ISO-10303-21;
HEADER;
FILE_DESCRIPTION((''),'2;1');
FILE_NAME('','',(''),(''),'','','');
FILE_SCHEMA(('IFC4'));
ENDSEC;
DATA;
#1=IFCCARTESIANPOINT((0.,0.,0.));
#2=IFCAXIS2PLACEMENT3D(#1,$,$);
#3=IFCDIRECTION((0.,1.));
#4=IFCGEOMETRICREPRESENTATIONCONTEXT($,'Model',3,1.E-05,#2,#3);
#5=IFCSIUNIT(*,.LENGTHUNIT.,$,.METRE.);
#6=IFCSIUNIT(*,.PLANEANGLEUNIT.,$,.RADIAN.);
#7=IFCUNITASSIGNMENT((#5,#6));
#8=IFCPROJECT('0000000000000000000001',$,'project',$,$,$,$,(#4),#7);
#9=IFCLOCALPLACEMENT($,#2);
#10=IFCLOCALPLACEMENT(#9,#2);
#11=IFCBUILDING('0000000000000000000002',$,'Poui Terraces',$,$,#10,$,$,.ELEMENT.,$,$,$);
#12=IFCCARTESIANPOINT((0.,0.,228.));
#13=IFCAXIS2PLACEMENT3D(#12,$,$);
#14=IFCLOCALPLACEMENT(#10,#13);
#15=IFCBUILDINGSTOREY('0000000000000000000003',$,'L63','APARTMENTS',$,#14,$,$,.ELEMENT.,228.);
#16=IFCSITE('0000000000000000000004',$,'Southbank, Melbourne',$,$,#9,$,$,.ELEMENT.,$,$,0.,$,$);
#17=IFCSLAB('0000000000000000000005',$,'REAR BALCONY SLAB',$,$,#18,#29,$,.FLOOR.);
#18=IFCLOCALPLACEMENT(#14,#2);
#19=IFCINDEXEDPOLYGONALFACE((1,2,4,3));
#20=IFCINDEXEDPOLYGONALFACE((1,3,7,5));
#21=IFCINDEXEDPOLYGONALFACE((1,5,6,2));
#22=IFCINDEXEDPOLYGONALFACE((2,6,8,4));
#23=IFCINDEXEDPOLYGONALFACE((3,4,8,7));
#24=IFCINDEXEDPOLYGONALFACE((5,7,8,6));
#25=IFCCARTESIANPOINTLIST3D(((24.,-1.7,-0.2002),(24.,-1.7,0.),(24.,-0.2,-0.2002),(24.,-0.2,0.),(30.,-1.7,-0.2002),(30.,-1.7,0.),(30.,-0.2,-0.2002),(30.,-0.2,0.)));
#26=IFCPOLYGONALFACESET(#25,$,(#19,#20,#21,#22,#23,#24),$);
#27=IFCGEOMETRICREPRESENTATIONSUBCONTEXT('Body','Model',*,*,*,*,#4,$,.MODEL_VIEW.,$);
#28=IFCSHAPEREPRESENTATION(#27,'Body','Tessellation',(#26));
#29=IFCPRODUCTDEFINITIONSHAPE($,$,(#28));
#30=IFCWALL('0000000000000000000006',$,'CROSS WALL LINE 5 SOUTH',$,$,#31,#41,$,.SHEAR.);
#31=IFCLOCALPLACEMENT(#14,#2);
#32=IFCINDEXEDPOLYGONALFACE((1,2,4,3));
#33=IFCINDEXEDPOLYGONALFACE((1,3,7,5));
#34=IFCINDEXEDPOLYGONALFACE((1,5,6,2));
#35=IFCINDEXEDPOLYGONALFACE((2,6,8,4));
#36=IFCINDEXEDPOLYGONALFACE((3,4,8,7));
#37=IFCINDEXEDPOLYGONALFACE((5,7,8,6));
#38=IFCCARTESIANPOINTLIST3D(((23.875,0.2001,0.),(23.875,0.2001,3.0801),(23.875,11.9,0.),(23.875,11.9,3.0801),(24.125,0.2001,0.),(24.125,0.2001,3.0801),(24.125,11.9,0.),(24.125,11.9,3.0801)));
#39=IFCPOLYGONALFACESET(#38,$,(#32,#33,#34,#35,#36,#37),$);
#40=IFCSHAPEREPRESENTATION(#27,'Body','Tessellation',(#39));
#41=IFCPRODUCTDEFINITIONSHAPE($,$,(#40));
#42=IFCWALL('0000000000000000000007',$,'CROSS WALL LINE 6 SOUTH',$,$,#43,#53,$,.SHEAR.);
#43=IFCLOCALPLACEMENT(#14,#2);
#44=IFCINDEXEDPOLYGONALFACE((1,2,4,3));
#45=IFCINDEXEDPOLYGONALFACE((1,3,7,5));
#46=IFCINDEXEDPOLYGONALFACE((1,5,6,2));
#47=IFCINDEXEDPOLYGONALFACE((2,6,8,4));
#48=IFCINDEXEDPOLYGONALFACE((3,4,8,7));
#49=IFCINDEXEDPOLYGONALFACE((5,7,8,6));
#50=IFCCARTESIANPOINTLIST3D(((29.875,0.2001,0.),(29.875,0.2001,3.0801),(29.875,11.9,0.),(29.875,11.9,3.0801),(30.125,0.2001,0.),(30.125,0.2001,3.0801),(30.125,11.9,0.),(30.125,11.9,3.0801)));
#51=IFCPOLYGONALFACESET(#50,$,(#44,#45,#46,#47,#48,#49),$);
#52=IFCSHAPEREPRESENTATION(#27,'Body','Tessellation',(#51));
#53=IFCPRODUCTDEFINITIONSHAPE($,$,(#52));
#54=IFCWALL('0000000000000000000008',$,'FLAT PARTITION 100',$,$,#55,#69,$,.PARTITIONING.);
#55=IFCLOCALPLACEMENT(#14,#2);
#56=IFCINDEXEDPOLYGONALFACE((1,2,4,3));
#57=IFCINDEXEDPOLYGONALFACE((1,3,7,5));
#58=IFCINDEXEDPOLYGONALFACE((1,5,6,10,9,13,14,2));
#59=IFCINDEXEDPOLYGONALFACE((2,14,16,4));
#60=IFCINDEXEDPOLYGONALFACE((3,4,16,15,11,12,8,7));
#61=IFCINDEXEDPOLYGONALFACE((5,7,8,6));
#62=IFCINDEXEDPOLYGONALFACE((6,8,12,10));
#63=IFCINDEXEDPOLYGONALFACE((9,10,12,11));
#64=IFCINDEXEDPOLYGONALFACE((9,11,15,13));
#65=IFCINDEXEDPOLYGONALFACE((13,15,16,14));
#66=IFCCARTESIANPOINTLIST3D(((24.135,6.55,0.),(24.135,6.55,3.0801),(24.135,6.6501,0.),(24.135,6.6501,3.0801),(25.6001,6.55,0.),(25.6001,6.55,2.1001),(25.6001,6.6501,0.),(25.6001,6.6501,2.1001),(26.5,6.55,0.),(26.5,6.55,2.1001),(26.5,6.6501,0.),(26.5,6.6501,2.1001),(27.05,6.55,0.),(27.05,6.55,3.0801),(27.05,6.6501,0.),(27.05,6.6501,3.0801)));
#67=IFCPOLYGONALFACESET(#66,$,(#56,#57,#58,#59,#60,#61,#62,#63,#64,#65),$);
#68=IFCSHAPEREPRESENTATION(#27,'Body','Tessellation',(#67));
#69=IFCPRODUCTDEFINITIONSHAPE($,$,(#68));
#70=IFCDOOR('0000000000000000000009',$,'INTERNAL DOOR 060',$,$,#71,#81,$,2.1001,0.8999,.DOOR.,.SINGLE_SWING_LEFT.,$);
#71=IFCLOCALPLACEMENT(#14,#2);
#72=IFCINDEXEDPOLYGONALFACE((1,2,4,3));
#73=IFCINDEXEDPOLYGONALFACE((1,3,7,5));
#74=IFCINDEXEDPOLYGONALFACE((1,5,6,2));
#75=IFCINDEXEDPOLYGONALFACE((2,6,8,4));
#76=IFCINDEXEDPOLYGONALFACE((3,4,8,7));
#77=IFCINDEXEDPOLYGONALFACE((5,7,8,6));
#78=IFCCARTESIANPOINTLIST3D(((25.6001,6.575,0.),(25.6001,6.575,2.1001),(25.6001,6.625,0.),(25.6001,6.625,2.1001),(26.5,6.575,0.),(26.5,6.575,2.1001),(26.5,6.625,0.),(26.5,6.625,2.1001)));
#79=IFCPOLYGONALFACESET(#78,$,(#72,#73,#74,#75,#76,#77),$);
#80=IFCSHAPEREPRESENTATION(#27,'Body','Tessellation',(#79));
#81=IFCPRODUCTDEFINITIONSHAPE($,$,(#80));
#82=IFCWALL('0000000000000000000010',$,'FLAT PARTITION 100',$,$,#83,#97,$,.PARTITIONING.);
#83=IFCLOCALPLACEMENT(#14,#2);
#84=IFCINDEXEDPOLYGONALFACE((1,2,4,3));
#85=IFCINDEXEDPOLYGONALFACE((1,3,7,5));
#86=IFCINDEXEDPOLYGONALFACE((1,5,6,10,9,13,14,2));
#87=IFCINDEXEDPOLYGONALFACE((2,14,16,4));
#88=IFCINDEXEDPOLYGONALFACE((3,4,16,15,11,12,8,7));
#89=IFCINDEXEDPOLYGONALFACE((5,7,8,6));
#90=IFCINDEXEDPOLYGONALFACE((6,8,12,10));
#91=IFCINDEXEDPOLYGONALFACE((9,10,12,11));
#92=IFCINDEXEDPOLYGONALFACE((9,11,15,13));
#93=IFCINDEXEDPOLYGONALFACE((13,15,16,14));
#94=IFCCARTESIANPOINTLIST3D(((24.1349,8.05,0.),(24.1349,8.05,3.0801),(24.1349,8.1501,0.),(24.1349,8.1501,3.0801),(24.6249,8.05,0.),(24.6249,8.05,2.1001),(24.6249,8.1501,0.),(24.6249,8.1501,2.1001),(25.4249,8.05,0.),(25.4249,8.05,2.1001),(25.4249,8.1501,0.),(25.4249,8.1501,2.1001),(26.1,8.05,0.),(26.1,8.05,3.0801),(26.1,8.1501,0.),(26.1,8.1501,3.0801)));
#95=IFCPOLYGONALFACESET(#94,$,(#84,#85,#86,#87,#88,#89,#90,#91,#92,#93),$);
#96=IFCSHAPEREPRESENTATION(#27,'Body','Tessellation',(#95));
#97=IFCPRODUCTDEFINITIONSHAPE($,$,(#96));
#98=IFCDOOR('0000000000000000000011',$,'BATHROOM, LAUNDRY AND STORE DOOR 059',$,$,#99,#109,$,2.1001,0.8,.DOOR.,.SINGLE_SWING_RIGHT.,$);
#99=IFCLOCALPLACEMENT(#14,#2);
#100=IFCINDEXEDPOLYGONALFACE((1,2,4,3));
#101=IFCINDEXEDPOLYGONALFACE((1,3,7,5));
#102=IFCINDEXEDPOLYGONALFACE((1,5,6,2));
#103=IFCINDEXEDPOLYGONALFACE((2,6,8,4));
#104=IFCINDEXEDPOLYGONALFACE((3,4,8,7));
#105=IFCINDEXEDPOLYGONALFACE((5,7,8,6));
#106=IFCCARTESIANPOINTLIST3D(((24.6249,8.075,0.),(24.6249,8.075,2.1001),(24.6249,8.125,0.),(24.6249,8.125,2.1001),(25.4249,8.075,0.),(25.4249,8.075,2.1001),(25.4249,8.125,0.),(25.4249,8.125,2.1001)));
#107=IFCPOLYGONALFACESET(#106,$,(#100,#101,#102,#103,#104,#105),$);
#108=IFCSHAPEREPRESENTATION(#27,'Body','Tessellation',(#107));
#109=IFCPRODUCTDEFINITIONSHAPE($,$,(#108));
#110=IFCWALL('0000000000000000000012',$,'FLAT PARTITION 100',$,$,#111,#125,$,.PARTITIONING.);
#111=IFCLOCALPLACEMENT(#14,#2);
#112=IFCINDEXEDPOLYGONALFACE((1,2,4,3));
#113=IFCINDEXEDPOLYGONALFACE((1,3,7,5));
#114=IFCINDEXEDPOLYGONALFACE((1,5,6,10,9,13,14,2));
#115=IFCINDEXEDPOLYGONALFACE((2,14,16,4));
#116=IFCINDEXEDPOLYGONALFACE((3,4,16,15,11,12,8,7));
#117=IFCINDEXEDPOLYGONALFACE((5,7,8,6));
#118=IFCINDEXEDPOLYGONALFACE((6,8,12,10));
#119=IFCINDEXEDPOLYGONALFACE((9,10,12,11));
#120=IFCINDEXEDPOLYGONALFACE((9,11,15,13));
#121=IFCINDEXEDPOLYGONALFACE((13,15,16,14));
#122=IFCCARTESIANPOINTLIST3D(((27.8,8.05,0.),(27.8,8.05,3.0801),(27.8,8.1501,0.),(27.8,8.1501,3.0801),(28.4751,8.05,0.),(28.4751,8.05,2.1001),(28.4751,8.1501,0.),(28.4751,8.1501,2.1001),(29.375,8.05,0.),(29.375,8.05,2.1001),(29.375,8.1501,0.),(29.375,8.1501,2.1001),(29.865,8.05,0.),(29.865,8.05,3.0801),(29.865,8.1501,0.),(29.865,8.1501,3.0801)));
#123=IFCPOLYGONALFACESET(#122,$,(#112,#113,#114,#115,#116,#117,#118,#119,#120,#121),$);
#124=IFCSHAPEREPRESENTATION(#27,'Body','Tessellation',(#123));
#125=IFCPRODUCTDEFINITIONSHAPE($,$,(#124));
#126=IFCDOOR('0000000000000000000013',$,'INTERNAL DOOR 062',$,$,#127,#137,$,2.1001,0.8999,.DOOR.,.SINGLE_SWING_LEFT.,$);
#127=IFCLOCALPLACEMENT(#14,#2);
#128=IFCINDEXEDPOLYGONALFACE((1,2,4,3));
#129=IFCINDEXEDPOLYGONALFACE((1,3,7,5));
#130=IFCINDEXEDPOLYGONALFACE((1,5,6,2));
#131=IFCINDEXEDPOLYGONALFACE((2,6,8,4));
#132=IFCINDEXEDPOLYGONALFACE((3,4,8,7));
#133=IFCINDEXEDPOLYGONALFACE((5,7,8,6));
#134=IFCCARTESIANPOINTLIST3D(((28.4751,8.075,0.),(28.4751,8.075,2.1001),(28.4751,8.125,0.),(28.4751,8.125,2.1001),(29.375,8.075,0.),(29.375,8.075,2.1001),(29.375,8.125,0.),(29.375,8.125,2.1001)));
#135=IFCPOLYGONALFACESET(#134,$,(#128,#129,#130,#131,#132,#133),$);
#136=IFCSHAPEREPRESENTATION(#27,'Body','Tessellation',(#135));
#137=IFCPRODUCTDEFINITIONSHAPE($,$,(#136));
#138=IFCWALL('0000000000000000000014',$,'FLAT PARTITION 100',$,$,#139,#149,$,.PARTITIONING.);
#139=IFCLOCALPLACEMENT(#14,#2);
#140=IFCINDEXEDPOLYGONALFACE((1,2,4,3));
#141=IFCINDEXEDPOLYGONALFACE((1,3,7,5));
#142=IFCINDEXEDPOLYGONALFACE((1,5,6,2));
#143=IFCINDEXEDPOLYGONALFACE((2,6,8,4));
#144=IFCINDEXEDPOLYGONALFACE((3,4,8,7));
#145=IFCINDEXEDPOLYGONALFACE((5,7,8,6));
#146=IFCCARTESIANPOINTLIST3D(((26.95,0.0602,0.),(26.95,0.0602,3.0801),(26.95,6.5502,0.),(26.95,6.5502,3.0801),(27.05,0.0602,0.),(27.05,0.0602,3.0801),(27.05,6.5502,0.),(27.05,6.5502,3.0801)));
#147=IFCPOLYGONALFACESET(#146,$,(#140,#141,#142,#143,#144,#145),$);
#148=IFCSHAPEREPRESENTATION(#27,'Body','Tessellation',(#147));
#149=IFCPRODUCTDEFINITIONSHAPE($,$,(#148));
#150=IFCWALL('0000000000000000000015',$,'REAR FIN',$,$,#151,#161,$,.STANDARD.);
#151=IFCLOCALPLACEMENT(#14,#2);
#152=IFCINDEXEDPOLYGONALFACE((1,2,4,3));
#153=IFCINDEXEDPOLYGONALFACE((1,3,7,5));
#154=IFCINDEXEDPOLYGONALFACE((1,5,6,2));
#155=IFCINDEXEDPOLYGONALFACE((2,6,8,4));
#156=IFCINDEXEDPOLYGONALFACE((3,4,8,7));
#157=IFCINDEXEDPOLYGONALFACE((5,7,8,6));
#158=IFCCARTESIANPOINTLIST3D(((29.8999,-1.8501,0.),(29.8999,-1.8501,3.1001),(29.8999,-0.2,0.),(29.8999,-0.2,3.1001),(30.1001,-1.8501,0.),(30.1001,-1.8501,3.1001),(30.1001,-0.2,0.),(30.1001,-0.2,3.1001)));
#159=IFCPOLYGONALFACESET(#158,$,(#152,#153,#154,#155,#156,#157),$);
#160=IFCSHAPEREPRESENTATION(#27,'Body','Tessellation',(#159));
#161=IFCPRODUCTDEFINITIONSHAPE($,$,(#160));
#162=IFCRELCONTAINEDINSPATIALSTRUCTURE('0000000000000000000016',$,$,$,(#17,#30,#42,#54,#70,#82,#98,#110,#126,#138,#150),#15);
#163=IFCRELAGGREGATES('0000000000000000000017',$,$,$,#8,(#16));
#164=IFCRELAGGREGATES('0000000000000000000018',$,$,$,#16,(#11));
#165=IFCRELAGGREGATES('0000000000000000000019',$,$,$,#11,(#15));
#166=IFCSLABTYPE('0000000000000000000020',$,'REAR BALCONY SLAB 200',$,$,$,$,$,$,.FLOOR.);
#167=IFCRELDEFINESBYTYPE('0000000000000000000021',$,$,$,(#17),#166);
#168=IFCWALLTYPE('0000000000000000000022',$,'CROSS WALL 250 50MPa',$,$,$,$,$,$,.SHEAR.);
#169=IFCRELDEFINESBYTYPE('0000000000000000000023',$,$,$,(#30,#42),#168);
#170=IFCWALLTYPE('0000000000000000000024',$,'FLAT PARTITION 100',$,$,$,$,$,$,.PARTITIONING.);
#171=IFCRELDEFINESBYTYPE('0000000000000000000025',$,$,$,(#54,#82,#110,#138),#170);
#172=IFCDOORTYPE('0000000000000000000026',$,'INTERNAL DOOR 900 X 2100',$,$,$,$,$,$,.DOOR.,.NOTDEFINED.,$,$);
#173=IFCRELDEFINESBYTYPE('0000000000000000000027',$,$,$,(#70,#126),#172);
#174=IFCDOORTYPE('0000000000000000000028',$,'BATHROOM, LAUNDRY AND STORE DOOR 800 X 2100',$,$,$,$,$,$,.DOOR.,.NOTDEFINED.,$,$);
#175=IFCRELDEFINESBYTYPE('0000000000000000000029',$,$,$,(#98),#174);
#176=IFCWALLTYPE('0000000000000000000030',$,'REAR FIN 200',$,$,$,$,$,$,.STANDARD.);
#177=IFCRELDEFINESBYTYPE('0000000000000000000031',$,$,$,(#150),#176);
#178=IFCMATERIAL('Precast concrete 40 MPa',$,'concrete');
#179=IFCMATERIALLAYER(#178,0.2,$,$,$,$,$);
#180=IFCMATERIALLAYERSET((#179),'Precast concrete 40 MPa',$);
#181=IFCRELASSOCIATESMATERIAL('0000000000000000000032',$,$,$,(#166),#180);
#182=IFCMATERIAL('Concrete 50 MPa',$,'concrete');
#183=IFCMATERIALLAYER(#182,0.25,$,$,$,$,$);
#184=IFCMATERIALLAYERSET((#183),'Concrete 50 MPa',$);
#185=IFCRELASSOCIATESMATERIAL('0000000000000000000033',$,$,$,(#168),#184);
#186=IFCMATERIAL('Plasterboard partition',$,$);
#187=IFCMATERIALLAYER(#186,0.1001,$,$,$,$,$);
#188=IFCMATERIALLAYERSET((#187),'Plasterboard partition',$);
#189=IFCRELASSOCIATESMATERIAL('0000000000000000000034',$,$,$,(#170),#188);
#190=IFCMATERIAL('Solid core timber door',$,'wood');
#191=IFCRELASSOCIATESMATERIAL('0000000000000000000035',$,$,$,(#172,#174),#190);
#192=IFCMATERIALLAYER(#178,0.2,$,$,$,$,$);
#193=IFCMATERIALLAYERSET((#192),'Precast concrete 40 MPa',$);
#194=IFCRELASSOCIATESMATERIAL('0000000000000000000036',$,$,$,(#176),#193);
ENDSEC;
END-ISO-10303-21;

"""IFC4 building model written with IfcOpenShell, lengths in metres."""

from ifc_helpers import new_model, si_unit, direction, frame, frame_2d, origin, place, context, subcontext, project, spatial, polyline, rectangle, outline, extrude, source, transform, mapped, material, layer, layer_set, type_object, element, fill, save


model = new_model("IFC4")

# Units and contexts
model_context = context("Model", 3, precision=1e-05, world=origin(), true_north=direction((0.0, 1.0)))
body_context = subcontext(model_context, "Body", "Model", "MODEL_VIEW")
ifc_project = project(units=[si_unit("LENGTHUNIT", "METRE"), si_unit("PLANEANGLEUNIT", "RADIAN")], contexts=[model_context])

# Site, building, storey
site_placement = place(None, origin())
site = spatial("IfcSite", under=ifc_project, at=site_placement, Name="Southbank, Melbourne", CompositionType="ELEMENT", RefElevation=0.0)
building_placement = place(site_placement, origin())
building = spatial("IfcBuilding", under=site, at=building_placement, Name="Poui Terraces", CompositionType="ELEMENT")
storey_placement = place(building_placement, frame((0.0, 0.0, 228.0)))
storey = spatial("IfcBuildingStorey", under=building, at=storey_placement, Name="L63", Description="APARTMENTS", CompositionType="ELEMENT", Elevation=228.0)

# Slab
ifc_material_1 = material(Name="Precast concrete 40 MPa", Category="concrete")
ifc_layer_1 = layer(ifc_material_1, 0.2)
ifc_layer_set_1 = layer_set([ifc_layer_1], Name="Precast concrete 40 MPa")
slab_type = type_object("IfcSlabType", Name="REAR BALCONY SLAB 200", PredefinedType="FLOOR", material=ifc_layer_set_1)
shared_shape_1 = source(origin(), body_context, "Body", "SweptSolid", [
    extrude(outline(polyline([(0.0, 0.0), (6.0, 0.0), (6.0, 1.5), (0.0, 1.5), (0.0, 0.0)])), origin(), (0.0, 0.0, 1.0), 0.2002),
])
slab_placement = place(storey_placement, frame((24.0, -1.7, -0.2002)))
element("IfcSlab", 1, at=slab_placement, inside=storey, type_object=slab_type, Name="REAR BALCONY SLAB", PredefinedType="FLOOR", context=body_context, shape_type="MappedRepresentation", body=[
    mapped(shared_shape_1, transform((0.0, 0.0, 0.0))),
])

# Walls
ifc_material_2 = material(Name="Concrete 50 MPa", Category="concrete")
ifc_layer_2 = layer(ifc_material_2, 0.25)
ifc_layer_set_2 = layer_set([ifc_layer_2], Name="Concrete 50 MPa")
wall_type_1 = type_object("IfcWallType", Name="CROSS WALL 250 50MPa", PredefinedType="SHEAR", material=ifc_layer_set_2)
for number, where, z_axis, x_axis, name in (
    (2, (24.0, 0.2, 0.0), (0.0, 0.0, 1.0), (0.0, 1.0, 0.0), "CROSS WALL LINE 5 SOUTH"),
    (3, (30.0, 0.2, 0.0), (0.0, 0.0, 1.0), (0.0, 1.0, 0.0), "CROSS WALL LINE 6 SOUTH"),
):
    element("IfcWall", number, at=place(storey_placement, frame(where, z_axis=z_axis, x_axis=x_axis)), inside=storey, type_object=wall_type_1, Name=name, PredefinedType="SHEAR", context=body_context, shape_type="SweptSolid", body=[
        extrude(rectangle(XDim=11.7, YDim=0.25, at=frame_2d((5.8501, 0.0))), origin(), (0.0, 0.0, 1.0), 3.0801),
    ])

# Walls, openings, doors
ifc_material_3 = material(Name="Plasterboard partition")
ifc_layer_3 = layer(ifc_material_3, 0.1001)
ifc_layer_set_3 = layer_set([ifc_layer_3], Name="Plasterboard partition")
wall_type_2 = type_object("IfcWallType", Name="FLAT PARTITION 100", PredefinedType="PARTITIONING", material=ifc_layer_set_3)
wall_1_placement = place(storey_placement, frame((24.135, 6.6001, 0.0), z_axis=(0.0, 0.0, 1.0), x_axis=(1.0, 0.0, 0.0)))
wall_1 = element("IfcWall", 4, at=wall_1_placement, inside=storey, type_object=wall_type_2, Name="FLAT PARTITION 100", PredefinedType="PARTITIONING", context=body_context, shape_type="SweptSolid", body=[
    extrude(rectangle(XDim=2.915, YDim=0.1001, at=frame_2d((1.4575, 0.0))), origin(), (0.0, 0.0, 1.0), 3.0801),
])
opening_1_placement = place(wall_1_placement, frame((1.4651, 0.0, 0.0)))
opening_1 = element("IfcOpeningElement", 5, at=opening_1_placement, cuts=wall_1, PredefinedType="OPENING", context=body_context, shape_type="SweptSolid", body=[
    extrude(rectangle(XDim=0.8999, YDim=2.1001, at=frame_2d((0.45, 1.05))), frame((0.0, 0.0601, 0.0), z_axis=(0.0, -1.0, 0.0), x_axis=(1.0, 0.0, 0.0)), (0.0, 0.0, 1.0), 0.1201),
])
ifc_material_4 = material(Name="Solid core timber door", Category="wood")
door_type_1 = type_object("IfcDoorType", Name="INTERNAL DOOR 900 X 2100", OperationType="NOTDEFINED", PredefinedType="DOOR", material=ifc_material_4)
door_1_placement = place(opening_1_placement, origin())
door_1 = element("IfcDoor", 6, at=door_1_placement, inside=storey, type_object=door_type_1, Name="INTERNAL DOOR 060", OperationType="SINGLE_SWING_LEFT", OverallHeight=2.1001, OverallWidth=0.8999, PredefinedType="DOOR", context=body_context, shape_type="SweptSolid", body=[
    extrude(rectangle(XDim=0.8999, YDim=2.1001, at=frame_2d((0.45, 1.05))), frame((0.0, 0.0249, 0.0), z_axis=(0.0, -1.0, 0.0), x_axis=(1.0, 0.0, 0.0)), (0.0, 0.0, 1.0), 0.05),
])
fill(opening_1, door_1)
wall_2_placement = place(storey_placement, frame((24.135, 8.1001, 0.0), z_axis=(0.0, 0.0, 1.0), x_axis=(1.0, 0.0, 0.0)))
wall_2 = element("IfcWall", 7, at=wall_2_placement, inside=storey, type_object=wall_type_2, Name="FLAT PARTITION 100", PredefinedType="PARTITIONING", context=body_context, shape_type="SweptSolid", body=[
    extrude(rectangle(XDim=1.9651, YDim=0.1001, at=frame_2d((0.9824, 0.0))), origin(), (0.0, 0.0, 1.0), 3.0801),
])
opening_2_placement = place(wall_2_placement, frame((0.49, 0.0, 0.0)))
opening_2 = element("IfcOpeningElement", 8, at=opening_2_placement, cuts=wall_2, PredefinedType="OPENING", context=body_context, shape_type="SweptSolid", body=[
    extrude(rectangle(XDim=0.8, YDim=2.1001, at=frame_2d((0.3999, 1.05))), frame((0.0, 0.0601, 0.0), z_axis=(0.0, -1.0, 0.0), x_axis=(1.0, 0.0, 0.0)), (0.0, 0.0, 1.0), 0.1201),
])
door_type_2 = type_object("IfcDoorType", Name="BATHROOM, LAUNDRY AND STORE DOOR 800 X 2100", OperationType="NOTDEFINED", PredefinedType="DOOR", material=ifc_material_4)
door_2_placement = place(opening_2_placement, origin())
door_2 = element("IfcDoor", 9, at=door_2_placement, inside=storey, type_object=door_type_2, Name="BATHROOM, LAUNDRY AND STORE DOOR 059", OperationType="SINGLE_SWING_RIGHT", OverallHeight=2.1001, OverallWidth=0.8, PredefinedType="DOOR", context=body_context, shape_type="SweptSolid", body=[
    extrude(rectangle(XDim=0.8, YDim=2.1001, at=frame_2d((0.3999, 1.05))), frame((0.0, 0.0249, 0.0), z_axis=(0.0, -1.0, 0.0), x_axis=(1.0, 0.0, 0.0)), (0.0, 0.0, 1.0), 0.05),
])
fill(opening_2, door_2)
wall_3_placement = place(storey_placement, frame((27.8, 8.1001, 0.0), z_axis=(0.0, 0.0, 1.0), x_axis=(1.0, 0.0, 0.0)))
wall_3 = element("IfcWall", 10, at=wall_3_placement, inside=storey, type_object=wall_type_2, Name="FLAT PARTITION 100", PredefinedType="PARTITIONING", context=body_context, shape_type="SweptSolid", body=[
    extrude(rectangle(XDim=2.0649, YDim=0.1001, at=frame_2d((1.0325, 0.0))), origin(), (0.0, 0.0, 1.0), 3.0801),
])
opening_3_placement = place(wall_3_placement, frame((0.675, 0.0, 0.0)))
opening_3 = element("IfcOpeningElement", 11, at=opening_3_placement, cuts=wall_3, PredefinedType="OPENING", context=body_context, shape_type="SweptSolid", body=[
    extrude(rectangle(XDim=0.8999, YDim=2.1001, at=frame_2d((0.45, 1.05))), frame((0.0, 0.0601, 0.0), z_axis=(0.0, -1.0, 0.0), x_axis=(1.0, 0.0, 0.0)), (0.0, 0.0, 1.0), 0.1201),
])
door_3_placement = place(opening_3_placement, origin())
door_3 = element("IfcDoor", 12, at=door_3_placement, inside=storey, type_object=door_type_1, Name="INTERNAL DOOR 062", OperationType="SINGLE_SWING_LEFT", OverallHeight=2.1001, OverallWidth=0.8999, PredefinedType="DOOR", context=body_context, shape_type="SweptSolid", body=[
    extrude(rectangle(XDim=0.8999, YDim=2.1001, at=frame_2d((0.45, 1.05))), frame((0.0, 0.0249, 0.0), z_axis=(0.0, -1.0, 0.0), x_axis=(1.0, 0.0, 0.0)), (0.0, 0.0, 1.0), 0.05),
])
fill(opening_3, door_3)

# Walls
wall_4_placement = place(storey_placement, frame((27.0, 0.0601, 0.0), z_axis=(0.0, 0.0, 1.0), x_axis=(0.0, 1.0, 0.0)))
element("IfcWall", 13, at=wall_4_placement, inside=storey, type_object=wall_type_2, Name="FLAT PARTITION 100", PredefinedType="PARTITIONING", context=body_context, shape_type="SweptSolid", body=[
    extrude(rectangle(XDim=6.49, YDim=0.1001, at=frame_2d((3.2451, 0.0))), origin(), (0.0, 0.0, 1.0), 3.0801),
])
ifc_layer_4 = layer(ifc_material_1, 0.2)
ifc_layer_set_4 = layer_set([ifc_layer_4], Name="Precast concrete 40 MPa")
wall_type_3 = type_object("IfcWallType", Name="REAR FIN 200", PredefinedType="STANDARD", material=ifc_layer_set_4)
shared_shape_2 = source(origin(), body_context, "Body", "SweptSolid", [
    extrude(outline(polyline([(0.0, 0.0), (0.2002, 0.0), (0.2002, 1.6501), (0.0, 1.6501), (0.0, 0.0)])), origin(), (0.0, 0.0, 1.0), 3.1001),
])
wall_5_placement = place(storey_placement, frame((29.8999, -1.8501, 0.0)))
element("IfcWall", 14, at=wall_5_placement, inside=storey, type_object=wall_type_3, Name="REAR FIN", PredefinedType="STANDARD", context=body_context, shape_type="MappedRepresentation", body=[
    mapped(shared_shape_2, transform((0.0, 0.0, 0.0))),
])

save(model, "model.ifc")
